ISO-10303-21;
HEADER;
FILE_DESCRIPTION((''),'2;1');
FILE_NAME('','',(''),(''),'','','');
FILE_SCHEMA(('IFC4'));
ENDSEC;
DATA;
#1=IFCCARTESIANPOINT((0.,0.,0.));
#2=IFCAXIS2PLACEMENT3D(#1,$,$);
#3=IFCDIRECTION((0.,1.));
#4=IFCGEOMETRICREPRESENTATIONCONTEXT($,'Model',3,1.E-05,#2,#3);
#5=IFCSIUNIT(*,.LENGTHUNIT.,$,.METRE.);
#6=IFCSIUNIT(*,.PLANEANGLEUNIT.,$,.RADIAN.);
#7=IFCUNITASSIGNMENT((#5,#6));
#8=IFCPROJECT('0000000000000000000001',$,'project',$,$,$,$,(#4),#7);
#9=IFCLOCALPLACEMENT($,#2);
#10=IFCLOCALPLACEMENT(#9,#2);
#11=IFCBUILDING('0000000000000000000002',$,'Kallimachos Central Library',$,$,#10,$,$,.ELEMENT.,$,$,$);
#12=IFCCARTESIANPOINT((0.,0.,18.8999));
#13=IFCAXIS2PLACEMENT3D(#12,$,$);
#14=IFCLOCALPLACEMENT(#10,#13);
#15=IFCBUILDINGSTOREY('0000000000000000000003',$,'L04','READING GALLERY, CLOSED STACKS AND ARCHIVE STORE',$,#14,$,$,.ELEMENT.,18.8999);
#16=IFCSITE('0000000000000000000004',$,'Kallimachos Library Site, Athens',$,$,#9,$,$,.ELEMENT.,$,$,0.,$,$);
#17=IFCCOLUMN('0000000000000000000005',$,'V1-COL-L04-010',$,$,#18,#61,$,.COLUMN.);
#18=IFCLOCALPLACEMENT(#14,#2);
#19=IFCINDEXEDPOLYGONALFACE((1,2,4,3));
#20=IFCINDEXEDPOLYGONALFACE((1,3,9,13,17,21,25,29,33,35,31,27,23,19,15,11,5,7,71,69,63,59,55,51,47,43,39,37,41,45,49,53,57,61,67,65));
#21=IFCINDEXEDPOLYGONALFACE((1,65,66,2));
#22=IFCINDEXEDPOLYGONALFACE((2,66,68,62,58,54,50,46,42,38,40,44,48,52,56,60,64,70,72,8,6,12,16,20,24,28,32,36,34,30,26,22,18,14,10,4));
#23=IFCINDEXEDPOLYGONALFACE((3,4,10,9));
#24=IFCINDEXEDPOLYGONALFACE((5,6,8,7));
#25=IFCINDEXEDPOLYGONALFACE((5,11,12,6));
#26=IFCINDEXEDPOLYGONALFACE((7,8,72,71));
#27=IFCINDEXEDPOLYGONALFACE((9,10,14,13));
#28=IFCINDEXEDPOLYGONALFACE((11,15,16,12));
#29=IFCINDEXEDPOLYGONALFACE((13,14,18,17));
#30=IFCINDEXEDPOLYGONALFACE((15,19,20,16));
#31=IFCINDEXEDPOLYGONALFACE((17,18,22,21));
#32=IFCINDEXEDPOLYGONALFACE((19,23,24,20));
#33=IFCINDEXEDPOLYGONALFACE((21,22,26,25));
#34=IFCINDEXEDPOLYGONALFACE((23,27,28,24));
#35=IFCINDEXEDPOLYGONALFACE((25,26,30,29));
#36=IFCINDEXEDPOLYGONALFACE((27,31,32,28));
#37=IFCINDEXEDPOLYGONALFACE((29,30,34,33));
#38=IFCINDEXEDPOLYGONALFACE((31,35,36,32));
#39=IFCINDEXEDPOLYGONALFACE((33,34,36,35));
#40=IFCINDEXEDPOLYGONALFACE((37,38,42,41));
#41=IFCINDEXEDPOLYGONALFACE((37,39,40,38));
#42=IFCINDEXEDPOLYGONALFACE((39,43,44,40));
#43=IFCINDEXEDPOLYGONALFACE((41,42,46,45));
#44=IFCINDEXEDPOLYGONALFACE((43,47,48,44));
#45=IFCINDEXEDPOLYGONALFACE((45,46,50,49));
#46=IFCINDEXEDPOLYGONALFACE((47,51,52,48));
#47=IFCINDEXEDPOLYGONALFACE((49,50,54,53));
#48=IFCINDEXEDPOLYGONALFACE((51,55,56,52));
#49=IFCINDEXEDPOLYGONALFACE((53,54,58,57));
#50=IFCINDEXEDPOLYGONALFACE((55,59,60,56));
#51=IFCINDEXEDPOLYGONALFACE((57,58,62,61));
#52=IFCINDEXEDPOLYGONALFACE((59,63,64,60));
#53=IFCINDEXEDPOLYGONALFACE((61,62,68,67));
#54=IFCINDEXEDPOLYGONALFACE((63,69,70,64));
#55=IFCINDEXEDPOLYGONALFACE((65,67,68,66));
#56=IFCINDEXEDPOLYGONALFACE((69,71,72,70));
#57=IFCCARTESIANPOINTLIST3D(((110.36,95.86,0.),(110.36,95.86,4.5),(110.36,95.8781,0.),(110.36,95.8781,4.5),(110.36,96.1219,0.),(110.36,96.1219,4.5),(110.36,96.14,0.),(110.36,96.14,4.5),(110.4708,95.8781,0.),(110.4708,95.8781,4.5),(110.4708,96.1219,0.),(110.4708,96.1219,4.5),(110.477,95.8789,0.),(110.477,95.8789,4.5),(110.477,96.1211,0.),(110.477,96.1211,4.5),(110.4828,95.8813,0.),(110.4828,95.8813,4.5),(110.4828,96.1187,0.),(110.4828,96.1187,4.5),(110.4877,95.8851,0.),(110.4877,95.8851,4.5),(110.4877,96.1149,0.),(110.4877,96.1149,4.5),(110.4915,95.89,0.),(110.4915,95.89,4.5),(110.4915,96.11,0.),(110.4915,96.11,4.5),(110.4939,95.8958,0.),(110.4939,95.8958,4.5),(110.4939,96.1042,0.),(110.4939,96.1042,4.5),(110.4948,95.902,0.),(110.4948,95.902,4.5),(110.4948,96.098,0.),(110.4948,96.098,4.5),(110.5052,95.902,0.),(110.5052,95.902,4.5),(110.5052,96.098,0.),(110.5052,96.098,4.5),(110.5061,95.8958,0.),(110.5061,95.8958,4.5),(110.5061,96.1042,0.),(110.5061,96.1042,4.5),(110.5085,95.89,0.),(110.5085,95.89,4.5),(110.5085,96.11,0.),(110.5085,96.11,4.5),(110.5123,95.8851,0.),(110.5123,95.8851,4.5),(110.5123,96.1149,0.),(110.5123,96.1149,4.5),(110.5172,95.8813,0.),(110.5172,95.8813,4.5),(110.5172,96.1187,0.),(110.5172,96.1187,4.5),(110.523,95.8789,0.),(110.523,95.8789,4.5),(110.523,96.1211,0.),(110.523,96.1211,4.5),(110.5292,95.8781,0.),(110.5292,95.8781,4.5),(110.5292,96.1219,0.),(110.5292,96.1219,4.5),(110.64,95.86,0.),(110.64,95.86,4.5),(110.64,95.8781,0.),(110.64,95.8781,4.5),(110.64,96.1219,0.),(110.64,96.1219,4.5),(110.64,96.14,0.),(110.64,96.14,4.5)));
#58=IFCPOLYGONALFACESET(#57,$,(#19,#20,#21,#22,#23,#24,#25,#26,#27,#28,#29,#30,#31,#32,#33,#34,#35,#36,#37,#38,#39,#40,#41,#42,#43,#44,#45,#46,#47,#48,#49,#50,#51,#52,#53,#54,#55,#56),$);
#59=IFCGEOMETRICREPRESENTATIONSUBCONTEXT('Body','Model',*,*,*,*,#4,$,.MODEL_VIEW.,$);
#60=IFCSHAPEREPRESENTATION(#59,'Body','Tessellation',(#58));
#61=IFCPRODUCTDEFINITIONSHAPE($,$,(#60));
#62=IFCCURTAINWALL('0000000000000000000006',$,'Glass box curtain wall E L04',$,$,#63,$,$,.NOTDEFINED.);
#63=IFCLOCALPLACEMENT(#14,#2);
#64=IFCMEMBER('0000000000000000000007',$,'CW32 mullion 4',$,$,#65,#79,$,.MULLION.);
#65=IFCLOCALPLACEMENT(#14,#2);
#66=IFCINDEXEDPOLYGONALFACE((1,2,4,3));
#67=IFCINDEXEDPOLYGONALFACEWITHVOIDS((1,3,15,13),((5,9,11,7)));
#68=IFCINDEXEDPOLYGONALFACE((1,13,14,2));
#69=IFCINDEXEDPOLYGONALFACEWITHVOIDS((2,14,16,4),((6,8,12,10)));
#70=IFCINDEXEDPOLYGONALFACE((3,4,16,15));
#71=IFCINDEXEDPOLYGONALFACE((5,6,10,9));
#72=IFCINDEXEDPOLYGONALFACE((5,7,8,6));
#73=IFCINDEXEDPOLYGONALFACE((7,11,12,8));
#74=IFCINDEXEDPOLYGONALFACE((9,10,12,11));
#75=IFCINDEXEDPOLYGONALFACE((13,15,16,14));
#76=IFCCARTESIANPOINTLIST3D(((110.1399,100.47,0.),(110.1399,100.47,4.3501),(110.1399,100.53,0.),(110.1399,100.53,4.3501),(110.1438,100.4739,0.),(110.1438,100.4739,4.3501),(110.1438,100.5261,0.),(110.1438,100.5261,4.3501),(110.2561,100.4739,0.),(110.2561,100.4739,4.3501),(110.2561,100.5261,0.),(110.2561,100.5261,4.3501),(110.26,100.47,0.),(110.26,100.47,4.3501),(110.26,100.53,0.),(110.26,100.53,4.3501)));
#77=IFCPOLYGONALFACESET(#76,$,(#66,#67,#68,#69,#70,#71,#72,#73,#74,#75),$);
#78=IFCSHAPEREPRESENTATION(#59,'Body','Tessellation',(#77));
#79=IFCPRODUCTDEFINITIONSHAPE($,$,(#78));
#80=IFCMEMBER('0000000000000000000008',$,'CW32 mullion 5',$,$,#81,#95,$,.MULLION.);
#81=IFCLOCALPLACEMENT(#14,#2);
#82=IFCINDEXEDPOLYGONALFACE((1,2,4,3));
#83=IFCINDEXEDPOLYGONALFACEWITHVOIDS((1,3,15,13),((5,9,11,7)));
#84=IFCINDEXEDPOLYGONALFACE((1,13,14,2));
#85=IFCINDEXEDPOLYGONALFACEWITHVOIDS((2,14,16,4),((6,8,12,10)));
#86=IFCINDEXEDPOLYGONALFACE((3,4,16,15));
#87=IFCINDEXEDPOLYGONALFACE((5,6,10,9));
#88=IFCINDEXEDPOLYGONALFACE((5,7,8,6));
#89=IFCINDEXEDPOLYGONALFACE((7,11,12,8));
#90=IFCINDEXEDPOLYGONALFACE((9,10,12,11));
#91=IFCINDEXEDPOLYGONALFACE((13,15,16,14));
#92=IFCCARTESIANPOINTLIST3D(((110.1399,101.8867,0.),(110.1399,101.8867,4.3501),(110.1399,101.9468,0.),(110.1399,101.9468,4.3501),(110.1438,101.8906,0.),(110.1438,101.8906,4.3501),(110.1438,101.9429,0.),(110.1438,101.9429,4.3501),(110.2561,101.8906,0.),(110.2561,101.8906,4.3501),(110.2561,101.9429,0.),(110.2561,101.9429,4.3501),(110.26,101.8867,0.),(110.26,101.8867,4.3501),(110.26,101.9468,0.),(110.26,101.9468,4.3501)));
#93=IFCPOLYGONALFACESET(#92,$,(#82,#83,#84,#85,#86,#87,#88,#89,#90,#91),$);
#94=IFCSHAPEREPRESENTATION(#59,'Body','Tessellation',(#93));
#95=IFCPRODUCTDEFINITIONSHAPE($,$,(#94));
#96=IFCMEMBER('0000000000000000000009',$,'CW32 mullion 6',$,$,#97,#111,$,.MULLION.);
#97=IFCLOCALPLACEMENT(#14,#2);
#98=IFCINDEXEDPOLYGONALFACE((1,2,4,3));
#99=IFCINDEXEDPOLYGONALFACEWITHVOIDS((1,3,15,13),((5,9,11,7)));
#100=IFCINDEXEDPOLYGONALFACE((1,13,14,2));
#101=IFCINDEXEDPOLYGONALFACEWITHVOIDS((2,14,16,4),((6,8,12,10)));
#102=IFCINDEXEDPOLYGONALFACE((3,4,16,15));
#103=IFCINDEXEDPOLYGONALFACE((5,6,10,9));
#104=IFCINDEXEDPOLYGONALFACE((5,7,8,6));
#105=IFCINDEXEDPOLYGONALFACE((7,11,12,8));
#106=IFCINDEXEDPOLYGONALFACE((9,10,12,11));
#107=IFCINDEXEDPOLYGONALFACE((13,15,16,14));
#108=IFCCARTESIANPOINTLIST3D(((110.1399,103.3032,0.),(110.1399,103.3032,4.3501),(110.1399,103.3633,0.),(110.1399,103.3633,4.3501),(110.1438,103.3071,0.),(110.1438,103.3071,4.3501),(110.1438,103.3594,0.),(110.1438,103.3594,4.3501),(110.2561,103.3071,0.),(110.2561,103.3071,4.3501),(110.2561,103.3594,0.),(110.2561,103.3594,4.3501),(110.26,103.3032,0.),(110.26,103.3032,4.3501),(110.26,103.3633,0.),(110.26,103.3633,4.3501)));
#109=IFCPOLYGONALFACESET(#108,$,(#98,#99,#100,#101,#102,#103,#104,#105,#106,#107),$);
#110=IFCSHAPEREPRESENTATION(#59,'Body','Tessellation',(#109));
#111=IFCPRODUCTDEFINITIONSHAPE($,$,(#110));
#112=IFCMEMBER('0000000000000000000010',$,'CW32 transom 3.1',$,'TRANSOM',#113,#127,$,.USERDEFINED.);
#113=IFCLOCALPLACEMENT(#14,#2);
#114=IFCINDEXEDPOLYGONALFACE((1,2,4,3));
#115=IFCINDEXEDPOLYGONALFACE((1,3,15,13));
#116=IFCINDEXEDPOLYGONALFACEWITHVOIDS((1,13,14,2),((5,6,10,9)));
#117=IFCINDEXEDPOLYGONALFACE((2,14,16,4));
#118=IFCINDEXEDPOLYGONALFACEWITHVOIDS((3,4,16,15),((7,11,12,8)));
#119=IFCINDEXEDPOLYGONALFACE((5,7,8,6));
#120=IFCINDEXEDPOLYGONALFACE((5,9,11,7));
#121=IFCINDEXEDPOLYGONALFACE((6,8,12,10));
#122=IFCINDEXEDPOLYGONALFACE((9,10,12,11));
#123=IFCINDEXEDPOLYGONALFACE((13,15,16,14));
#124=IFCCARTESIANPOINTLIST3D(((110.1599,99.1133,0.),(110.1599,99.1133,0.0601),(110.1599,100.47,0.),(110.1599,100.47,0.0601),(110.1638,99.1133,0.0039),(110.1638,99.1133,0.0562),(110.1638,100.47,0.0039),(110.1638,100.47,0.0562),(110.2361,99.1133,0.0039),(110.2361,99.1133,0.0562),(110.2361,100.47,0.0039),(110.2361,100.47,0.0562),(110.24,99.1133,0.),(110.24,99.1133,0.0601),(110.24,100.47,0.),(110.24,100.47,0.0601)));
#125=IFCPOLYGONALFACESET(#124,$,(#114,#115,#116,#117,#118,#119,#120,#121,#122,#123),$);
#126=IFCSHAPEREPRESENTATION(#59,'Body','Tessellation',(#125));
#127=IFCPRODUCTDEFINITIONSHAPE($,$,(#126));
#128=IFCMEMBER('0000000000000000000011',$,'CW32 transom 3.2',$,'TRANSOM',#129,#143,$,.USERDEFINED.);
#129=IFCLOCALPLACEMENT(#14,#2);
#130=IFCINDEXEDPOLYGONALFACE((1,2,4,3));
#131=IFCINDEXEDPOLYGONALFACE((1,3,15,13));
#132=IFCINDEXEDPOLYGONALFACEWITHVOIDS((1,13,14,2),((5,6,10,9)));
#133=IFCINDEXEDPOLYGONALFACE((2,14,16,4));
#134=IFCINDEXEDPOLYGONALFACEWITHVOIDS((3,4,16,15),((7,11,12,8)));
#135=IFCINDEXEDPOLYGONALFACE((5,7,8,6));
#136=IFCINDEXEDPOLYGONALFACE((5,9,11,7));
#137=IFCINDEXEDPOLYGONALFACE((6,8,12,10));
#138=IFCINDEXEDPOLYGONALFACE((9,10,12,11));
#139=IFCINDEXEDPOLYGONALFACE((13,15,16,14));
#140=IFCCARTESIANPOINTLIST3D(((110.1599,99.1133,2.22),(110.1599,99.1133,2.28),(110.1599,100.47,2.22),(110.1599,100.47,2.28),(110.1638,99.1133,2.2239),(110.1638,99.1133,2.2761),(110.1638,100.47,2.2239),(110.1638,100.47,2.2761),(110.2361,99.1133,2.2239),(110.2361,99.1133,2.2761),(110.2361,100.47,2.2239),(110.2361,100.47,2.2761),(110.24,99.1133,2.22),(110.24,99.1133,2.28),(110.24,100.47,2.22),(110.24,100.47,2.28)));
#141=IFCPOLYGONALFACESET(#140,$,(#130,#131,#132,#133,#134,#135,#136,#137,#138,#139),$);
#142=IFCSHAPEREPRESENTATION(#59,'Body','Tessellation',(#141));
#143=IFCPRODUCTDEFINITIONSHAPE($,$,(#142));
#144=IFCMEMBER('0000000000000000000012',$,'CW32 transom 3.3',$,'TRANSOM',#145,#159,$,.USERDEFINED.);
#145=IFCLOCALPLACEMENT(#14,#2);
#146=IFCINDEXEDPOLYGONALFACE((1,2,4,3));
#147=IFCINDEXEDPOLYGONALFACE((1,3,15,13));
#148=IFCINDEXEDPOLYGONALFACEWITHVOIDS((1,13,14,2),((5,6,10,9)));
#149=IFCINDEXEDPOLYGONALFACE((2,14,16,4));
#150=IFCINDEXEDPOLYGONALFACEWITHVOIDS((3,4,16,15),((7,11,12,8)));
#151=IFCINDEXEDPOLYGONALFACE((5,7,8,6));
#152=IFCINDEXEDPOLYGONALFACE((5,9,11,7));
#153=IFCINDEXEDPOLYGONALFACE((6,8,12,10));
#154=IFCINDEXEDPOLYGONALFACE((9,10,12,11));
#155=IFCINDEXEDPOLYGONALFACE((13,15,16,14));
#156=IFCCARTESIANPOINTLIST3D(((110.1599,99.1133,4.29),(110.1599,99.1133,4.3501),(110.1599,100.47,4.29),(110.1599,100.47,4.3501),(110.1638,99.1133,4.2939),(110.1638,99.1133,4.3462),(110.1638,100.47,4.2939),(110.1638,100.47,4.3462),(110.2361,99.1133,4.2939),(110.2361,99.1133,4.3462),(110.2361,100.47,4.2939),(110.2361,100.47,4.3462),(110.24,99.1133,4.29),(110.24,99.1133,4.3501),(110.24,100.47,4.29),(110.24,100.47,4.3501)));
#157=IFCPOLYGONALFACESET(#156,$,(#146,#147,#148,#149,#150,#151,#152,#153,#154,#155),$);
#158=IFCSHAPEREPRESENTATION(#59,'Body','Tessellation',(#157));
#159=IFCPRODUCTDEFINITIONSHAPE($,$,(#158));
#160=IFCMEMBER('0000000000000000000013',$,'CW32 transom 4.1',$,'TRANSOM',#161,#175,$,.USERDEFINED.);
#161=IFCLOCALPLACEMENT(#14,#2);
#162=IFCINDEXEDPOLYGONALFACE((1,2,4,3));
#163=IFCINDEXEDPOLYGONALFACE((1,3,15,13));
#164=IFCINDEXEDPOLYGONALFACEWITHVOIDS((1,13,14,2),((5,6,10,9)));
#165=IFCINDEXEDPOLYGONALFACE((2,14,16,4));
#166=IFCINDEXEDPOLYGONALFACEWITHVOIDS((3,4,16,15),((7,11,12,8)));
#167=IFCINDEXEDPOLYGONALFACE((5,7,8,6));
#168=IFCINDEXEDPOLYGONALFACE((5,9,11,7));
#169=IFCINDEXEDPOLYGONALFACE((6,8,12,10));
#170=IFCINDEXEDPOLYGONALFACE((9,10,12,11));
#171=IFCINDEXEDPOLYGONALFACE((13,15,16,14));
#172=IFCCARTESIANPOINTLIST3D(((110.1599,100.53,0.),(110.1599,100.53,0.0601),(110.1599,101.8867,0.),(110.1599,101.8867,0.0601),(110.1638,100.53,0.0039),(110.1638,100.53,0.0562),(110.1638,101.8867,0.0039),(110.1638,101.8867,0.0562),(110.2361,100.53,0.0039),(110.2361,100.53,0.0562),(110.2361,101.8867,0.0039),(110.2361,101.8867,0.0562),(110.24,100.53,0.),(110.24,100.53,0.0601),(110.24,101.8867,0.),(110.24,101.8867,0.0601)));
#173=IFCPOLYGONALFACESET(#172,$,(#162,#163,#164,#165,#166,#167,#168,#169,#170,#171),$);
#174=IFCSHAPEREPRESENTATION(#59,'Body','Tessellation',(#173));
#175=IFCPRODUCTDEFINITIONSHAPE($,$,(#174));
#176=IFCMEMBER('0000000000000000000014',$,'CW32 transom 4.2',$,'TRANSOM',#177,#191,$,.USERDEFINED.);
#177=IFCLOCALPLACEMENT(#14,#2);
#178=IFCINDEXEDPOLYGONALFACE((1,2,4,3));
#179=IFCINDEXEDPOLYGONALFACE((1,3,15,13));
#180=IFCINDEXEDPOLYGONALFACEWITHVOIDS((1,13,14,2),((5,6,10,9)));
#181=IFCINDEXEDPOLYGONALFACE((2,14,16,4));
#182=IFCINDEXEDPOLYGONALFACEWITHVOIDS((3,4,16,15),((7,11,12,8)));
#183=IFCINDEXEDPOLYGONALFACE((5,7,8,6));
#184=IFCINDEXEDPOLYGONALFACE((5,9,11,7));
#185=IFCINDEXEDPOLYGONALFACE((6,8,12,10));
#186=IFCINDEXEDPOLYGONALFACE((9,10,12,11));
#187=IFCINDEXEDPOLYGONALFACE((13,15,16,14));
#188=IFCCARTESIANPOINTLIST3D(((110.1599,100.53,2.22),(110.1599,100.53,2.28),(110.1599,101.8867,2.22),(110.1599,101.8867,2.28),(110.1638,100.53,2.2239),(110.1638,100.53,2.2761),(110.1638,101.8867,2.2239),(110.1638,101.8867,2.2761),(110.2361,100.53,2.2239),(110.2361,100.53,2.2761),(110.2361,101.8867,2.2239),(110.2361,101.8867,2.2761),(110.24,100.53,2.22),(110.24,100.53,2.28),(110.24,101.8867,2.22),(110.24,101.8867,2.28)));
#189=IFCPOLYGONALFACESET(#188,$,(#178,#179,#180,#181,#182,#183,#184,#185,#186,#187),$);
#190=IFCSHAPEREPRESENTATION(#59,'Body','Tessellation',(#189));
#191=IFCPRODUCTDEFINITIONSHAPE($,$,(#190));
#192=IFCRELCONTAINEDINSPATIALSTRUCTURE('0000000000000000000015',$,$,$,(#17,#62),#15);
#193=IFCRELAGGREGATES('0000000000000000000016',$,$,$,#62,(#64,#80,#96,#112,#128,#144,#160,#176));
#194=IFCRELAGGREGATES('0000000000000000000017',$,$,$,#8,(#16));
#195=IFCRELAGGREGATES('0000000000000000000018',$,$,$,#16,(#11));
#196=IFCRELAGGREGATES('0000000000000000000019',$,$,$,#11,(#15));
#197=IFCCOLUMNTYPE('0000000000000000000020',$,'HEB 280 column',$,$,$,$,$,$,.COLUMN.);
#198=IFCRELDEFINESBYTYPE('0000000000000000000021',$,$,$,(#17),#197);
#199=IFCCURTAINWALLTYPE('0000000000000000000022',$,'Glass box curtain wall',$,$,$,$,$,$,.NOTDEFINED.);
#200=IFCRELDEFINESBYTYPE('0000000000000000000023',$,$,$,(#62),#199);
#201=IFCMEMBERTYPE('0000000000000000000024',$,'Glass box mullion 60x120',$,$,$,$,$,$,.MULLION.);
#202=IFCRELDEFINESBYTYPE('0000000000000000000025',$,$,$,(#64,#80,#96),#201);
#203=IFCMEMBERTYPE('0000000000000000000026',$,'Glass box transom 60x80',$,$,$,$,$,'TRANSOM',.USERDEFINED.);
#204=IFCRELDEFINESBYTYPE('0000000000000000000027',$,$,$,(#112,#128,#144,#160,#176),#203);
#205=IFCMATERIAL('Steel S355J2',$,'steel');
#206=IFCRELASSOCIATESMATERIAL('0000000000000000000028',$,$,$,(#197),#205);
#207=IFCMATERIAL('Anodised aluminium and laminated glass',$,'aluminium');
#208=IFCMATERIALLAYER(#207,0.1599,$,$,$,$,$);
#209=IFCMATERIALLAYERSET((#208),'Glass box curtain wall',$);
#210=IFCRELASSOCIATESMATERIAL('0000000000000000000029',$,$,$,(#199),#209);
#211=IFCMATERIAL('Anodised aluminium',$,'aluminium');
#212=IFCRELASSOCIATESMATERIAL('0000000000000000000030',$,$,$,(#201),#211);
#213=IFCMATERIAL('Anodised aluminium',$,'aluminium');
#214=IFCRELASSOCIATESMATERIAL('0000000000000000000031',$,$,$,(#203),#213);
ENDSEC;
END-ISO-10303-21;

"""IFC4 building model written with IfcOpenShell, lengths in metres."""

from ifc_helpers import new_model, si_unit, direction, frame, origin, origin_2d, place, context, subcontext, project, spatial, hollow_rectangle, i_section, extrude, material, layer, layer_set, material_profile, profile_set, type_object, element, aggregate, save


model = new_model("IFC4")

# Units and contexts
model_context = context("Model", 3, precision=1e-05, world=origin(), true_north=direction((0.0, 1.0)))
body_context = subcontext(model_context, "Body", "Model", "MODEL_VIEW")
ifc_project = project(units=[si_unit("LENGTHUNIT", "METRE"), si_unit("PLANEANGLEUNIT", "RADIAN")], contexts=[model_context])

# Site, building, storey
site_placement = place(None, origin())
site = spatial("IfcSite", under=ifc_project, at=site_placement, Name="Kallimachos Library Site, Athens", CompositionType="ELEMENT", RefElevation=0.0)
building_placement = place(site_placement, origin())
building = spatial("IfcBuilding", under=site, at=building_placement, Name="Kallimachos Central Library", CompositionType="ELEMENT")
storey_placement = place(building_placement, frame((0.0, 0.0, 18.8999)))
storey = spatial("IfcBuildingStorey", under=building, at=storey_placement, Name="L04", Description="READING GALLERY, CLOSED STACKS AND ARCHIVE STORE", CompositionType="ELEMENT", Elevation=18.8999)

# Column
ifc_material_1 = material(Name="Steel S355J2", Category="steel")
ifc_material_profile_1 = material_profile(ifc_material_1, i_section(OverallWidth=0.28, OverallDepth=0.28, WebThickness=0.0105, FlangeThickness=0.0181, FilletRadius=0.0239, at=origin_2d()), Name="HEB 280")
ifc_profile_set_1 = profile_set([ifc_material_profile_1], Name="Steel S355J2")
column_type = type_object("IfcColumnType", Name="HEB 280 column", PredefinedType="COLUMN", material=ifc_profile_set_1)
column_placement = place(storey_placement, frame((110.5, 96.0, 0.0), z_axis=(0.0, 0.0, 1.0), x_axis=(1.0, 0.0, 0.0)))
element("IfcColumn", 1, at=column_placement, inside=storey, type_object=column_type, Name="V1-COL-L04-010", PredefinedType="COLUMN", context=body_context, shape_type="SweptSolid", body=[
    extrude(i_section(OverallWidth=0.28, OverallDepth=0.28, WebThickness=0.0105, FlangeThickness=0.0181, FilletRadius=0.0239, at=origin_2d()), origin(), (0.0, 0.0, 1.0), 4.5),
])

# Curtain wall, members
ifc_material_2 = material(Name="Anodised aluminium and laminated glass", Category="aluminium")
ifc_layer_1 = layer(ifc_material_2, 0.1599)
ifc_layer_set_1 = layer_set([ifc_layer_1], Name="Glass box curtain wall")
curtain_wall_type = type_object("IfcCurtainWallType", Name="Glass box curtain wall", PredefinedType="NOTDEFINED", material=ifc_layer_set_1)
curtain_wall_placement = place(storey_placement, origin())
curtain_wall = element("IfcCurtainWall", 2, at=curtain_wall_placement, inside=storey, type_object=curtain_wall_type, Name="Glass box curtain wall E L04", PredefinedType="NOTDEFINED")
ifc_material_3 = material(Name="Anodised aluminium", Category="aluminium")
ifc_material_profile_2 = material_profile(ifc_material_3, hollow_rectangle(XDim=0.0601, YDim=0.1201, WallThickness=0.0039, at=origin_2d()), Name="ALU MULLION 60x120")
ifc_profile_set_2 = profile_set([ifc_material_profile_2], Name="Anodised aluminium")
member_type_1 = type_object("IfcMemberType", Name="Glass box mullion 60x120", PredefinedType="MULLION", material=ifc_profile_set_2)
member_1_placement = place(storey_placement, frame((110.2, 100.5, 0.0), z_axis=(0.0, 0.0, 1.0), x_axis=(0.0, 1.0, 0.0)))
member_1 = element("IfcMember", 3, at=member_1_placement, type_object=member_type_1, Name="CW32 mullion 4", PredefinedType="MULLION", context=body_context, shape_type="SweptSolid", body=[
    extrude(hollow_rectangle(XDim=0.0601, YDim=0.1201, WallThickness=0.0039, at=origin_2d()), origin(), (0.0, 0.0, 1.0), 4.3501),
])
member_2_placement = place(storey_placement, frame((110.2, 101.9167, 0.0), z_axis=(0.0, 0.0, 1.0), x_axis=(0.0, 1.0, 0.0)))
member_2 = element("IfcMember", 4, at=member_2_placement, type_object=member_type_1, Name="CW32 mullion 5", PredefinedType="MULLION", context=body_context, shape_type="SweptSolid", body=[
    extrude(hollow_rectangle(XDim=0.0601, YDim=0.1201, WallThickness=0.0039, at=origin_2d()), origin(), (0.0, 0.0, 1.0), 4.3501),
])
member_3_placement = place(storey_placement, frame((110.2, 103.3333, 0.0), z_axis=(0.0, 0.0, 1.0), x_axis=(0.0, 1.0, 0.0)))
member_3 = element("IfcMember", 5, at=member_3_placement, type_object=member_type_1, Name="CW32 mullion 6", PredefinedType="MULLION", context=body_context, shape_type="SweptSolid", body=[
    extrude(hollow_rectangle(XDim=0.0601, YDim=0.1201, WallThickness=0.0039, at=origin_2d()), origin(), (0.0, 0.0, 1.0), 4.3501),
])
ifc_material_4 = material(Name="Anodised aluminium", Category="aluminium")
ifc_material_profile_3 = material_profile(ifc_material_4, hollow_rectangle(XDim=0.0601, YDim=0.0801, WallThickness=0.0039, at=origin_2d()), Name="ALU TRANSOM 60x80")
ifc_profile_set_3 = profile_set([ifc_material_profile_3], Name="Anodised aluminium")
member_type_2 = type_object("IfcMemberType", Name="Glass box transom 60x80", ElementType="TRANSOM", PredefinedType="USERDEFINED", material=ifc_profile_set_3)
member_4_placement = place(storey_placement, frame((110.2, 99.1133, 0.03), z_axis=(0.0, 1.0, 0.0), x_axis=(0.0, 0.0, 1.0)))
member_4 = element("IfcMember", 6, at=member_4_placement, type_object=member_type_2, Name="CW32 transom 3.1", ObjectType="TRANSOM", PredefinedType="USERDEFINED", context=body_context, shape_type="SweptSolid", body=[
    extrude(hollow_rectangle(XDim=0.0601, YDim=0.0801, WallThickness=0.0039, at=origin_2d()), origin(), (0.0, 0.0, 1.0), 1.3567),
])
member_5_placement = place(storey_placement, frame((110.2, 99.1133, 2.25), z_axis=(0.0, 1.0, 0.0), x_axis=(0.0, 0.0, 1.0)))
member_5 = element("IfcMember", 7, at=member_5_placement, type_object=member_type_2, Name="CW32 transom 3.2", ObjectType="TRANSOM", PredefinedType="USERDEFINED", context=body_context, shape_type="SweptSolid", body=[
    extrude(hollow_rectangle(XDim=0.0601, YDim=0.0801, WallThickness=0.0039, at=origin_2d()), origin(), (0.0, 0.0, 1.0), 1.3567),
])
member_6_placement = place(storey_placement, frame((110.2, 99.1133, 4.3201), z_axis=(0.0, 1.0, 0.0), x_axis=(0.0, 0.0, 1.0)))
member_6 = element("IfcMember", 8, at=member_6_placement, type_object=member_type_2, Name="CW32 transom 3.3", ObjectType="TRANSOM", PredefinedType="USERDEFINED", context=body_context, shape_type="SweptSolid", body=[
    extrude(hollow_rectangle(XDim=0.0601, YDim=0.0801, WallThickness=0.0039, at=origin_2d()), origin(), (0.0, 0.0, 1.0), 1.3567),
])
member_7_placement = place(storey_placement, frame((110.2, 100.53, 0.03), z_axis=(0.0, 1.0, 0.0), x_axis=(0.0, 0.0, 1.0)))
member_7 = element("IfcMember", 9, at=member_7_placement, type_object=member_type_2, Name="CW32 transom 4.1", ObjectType="TRANSOM", PredefinedType="USERDEFINED", context=body_context, shape_type="SweptSolid", body=[
    extrude(hollow_rectangle(XDim=0.0601, YDim=0.0801, WallThickness=0.0039, at=origin_2d()), origin(), (0.0, 0.0, 1.0), 1.3567),
])
member_8_placement = place(storey_placement, frame((110.2, 100.53, 2.25), z_axis=(0.0, 1.0, 0.0), x_axis=(0.0, 0.0, 1.0)))
member_8 = element("IfcMember", 10, at=member_8_placement, type_object=member_type_2, Name="CW32 transom 4.2", ObjectType="TRANSOM", PredefinedType="USERDEFINED", context=body_context, shape_type="SweptSolid", body=[
    extrude(hollow_rectangle(XDim=0.0601, YDim=0.0801, WallThickness=0.0039, at=origin_2d()), origin(), (0.0, 0.0, 1.0), 1.3567),
])

aggregate(curtain_wall, [member_1, member_2, member_3, member_4, member_5, member_6, member_7, member_8])

save(model, "model.ifc")
